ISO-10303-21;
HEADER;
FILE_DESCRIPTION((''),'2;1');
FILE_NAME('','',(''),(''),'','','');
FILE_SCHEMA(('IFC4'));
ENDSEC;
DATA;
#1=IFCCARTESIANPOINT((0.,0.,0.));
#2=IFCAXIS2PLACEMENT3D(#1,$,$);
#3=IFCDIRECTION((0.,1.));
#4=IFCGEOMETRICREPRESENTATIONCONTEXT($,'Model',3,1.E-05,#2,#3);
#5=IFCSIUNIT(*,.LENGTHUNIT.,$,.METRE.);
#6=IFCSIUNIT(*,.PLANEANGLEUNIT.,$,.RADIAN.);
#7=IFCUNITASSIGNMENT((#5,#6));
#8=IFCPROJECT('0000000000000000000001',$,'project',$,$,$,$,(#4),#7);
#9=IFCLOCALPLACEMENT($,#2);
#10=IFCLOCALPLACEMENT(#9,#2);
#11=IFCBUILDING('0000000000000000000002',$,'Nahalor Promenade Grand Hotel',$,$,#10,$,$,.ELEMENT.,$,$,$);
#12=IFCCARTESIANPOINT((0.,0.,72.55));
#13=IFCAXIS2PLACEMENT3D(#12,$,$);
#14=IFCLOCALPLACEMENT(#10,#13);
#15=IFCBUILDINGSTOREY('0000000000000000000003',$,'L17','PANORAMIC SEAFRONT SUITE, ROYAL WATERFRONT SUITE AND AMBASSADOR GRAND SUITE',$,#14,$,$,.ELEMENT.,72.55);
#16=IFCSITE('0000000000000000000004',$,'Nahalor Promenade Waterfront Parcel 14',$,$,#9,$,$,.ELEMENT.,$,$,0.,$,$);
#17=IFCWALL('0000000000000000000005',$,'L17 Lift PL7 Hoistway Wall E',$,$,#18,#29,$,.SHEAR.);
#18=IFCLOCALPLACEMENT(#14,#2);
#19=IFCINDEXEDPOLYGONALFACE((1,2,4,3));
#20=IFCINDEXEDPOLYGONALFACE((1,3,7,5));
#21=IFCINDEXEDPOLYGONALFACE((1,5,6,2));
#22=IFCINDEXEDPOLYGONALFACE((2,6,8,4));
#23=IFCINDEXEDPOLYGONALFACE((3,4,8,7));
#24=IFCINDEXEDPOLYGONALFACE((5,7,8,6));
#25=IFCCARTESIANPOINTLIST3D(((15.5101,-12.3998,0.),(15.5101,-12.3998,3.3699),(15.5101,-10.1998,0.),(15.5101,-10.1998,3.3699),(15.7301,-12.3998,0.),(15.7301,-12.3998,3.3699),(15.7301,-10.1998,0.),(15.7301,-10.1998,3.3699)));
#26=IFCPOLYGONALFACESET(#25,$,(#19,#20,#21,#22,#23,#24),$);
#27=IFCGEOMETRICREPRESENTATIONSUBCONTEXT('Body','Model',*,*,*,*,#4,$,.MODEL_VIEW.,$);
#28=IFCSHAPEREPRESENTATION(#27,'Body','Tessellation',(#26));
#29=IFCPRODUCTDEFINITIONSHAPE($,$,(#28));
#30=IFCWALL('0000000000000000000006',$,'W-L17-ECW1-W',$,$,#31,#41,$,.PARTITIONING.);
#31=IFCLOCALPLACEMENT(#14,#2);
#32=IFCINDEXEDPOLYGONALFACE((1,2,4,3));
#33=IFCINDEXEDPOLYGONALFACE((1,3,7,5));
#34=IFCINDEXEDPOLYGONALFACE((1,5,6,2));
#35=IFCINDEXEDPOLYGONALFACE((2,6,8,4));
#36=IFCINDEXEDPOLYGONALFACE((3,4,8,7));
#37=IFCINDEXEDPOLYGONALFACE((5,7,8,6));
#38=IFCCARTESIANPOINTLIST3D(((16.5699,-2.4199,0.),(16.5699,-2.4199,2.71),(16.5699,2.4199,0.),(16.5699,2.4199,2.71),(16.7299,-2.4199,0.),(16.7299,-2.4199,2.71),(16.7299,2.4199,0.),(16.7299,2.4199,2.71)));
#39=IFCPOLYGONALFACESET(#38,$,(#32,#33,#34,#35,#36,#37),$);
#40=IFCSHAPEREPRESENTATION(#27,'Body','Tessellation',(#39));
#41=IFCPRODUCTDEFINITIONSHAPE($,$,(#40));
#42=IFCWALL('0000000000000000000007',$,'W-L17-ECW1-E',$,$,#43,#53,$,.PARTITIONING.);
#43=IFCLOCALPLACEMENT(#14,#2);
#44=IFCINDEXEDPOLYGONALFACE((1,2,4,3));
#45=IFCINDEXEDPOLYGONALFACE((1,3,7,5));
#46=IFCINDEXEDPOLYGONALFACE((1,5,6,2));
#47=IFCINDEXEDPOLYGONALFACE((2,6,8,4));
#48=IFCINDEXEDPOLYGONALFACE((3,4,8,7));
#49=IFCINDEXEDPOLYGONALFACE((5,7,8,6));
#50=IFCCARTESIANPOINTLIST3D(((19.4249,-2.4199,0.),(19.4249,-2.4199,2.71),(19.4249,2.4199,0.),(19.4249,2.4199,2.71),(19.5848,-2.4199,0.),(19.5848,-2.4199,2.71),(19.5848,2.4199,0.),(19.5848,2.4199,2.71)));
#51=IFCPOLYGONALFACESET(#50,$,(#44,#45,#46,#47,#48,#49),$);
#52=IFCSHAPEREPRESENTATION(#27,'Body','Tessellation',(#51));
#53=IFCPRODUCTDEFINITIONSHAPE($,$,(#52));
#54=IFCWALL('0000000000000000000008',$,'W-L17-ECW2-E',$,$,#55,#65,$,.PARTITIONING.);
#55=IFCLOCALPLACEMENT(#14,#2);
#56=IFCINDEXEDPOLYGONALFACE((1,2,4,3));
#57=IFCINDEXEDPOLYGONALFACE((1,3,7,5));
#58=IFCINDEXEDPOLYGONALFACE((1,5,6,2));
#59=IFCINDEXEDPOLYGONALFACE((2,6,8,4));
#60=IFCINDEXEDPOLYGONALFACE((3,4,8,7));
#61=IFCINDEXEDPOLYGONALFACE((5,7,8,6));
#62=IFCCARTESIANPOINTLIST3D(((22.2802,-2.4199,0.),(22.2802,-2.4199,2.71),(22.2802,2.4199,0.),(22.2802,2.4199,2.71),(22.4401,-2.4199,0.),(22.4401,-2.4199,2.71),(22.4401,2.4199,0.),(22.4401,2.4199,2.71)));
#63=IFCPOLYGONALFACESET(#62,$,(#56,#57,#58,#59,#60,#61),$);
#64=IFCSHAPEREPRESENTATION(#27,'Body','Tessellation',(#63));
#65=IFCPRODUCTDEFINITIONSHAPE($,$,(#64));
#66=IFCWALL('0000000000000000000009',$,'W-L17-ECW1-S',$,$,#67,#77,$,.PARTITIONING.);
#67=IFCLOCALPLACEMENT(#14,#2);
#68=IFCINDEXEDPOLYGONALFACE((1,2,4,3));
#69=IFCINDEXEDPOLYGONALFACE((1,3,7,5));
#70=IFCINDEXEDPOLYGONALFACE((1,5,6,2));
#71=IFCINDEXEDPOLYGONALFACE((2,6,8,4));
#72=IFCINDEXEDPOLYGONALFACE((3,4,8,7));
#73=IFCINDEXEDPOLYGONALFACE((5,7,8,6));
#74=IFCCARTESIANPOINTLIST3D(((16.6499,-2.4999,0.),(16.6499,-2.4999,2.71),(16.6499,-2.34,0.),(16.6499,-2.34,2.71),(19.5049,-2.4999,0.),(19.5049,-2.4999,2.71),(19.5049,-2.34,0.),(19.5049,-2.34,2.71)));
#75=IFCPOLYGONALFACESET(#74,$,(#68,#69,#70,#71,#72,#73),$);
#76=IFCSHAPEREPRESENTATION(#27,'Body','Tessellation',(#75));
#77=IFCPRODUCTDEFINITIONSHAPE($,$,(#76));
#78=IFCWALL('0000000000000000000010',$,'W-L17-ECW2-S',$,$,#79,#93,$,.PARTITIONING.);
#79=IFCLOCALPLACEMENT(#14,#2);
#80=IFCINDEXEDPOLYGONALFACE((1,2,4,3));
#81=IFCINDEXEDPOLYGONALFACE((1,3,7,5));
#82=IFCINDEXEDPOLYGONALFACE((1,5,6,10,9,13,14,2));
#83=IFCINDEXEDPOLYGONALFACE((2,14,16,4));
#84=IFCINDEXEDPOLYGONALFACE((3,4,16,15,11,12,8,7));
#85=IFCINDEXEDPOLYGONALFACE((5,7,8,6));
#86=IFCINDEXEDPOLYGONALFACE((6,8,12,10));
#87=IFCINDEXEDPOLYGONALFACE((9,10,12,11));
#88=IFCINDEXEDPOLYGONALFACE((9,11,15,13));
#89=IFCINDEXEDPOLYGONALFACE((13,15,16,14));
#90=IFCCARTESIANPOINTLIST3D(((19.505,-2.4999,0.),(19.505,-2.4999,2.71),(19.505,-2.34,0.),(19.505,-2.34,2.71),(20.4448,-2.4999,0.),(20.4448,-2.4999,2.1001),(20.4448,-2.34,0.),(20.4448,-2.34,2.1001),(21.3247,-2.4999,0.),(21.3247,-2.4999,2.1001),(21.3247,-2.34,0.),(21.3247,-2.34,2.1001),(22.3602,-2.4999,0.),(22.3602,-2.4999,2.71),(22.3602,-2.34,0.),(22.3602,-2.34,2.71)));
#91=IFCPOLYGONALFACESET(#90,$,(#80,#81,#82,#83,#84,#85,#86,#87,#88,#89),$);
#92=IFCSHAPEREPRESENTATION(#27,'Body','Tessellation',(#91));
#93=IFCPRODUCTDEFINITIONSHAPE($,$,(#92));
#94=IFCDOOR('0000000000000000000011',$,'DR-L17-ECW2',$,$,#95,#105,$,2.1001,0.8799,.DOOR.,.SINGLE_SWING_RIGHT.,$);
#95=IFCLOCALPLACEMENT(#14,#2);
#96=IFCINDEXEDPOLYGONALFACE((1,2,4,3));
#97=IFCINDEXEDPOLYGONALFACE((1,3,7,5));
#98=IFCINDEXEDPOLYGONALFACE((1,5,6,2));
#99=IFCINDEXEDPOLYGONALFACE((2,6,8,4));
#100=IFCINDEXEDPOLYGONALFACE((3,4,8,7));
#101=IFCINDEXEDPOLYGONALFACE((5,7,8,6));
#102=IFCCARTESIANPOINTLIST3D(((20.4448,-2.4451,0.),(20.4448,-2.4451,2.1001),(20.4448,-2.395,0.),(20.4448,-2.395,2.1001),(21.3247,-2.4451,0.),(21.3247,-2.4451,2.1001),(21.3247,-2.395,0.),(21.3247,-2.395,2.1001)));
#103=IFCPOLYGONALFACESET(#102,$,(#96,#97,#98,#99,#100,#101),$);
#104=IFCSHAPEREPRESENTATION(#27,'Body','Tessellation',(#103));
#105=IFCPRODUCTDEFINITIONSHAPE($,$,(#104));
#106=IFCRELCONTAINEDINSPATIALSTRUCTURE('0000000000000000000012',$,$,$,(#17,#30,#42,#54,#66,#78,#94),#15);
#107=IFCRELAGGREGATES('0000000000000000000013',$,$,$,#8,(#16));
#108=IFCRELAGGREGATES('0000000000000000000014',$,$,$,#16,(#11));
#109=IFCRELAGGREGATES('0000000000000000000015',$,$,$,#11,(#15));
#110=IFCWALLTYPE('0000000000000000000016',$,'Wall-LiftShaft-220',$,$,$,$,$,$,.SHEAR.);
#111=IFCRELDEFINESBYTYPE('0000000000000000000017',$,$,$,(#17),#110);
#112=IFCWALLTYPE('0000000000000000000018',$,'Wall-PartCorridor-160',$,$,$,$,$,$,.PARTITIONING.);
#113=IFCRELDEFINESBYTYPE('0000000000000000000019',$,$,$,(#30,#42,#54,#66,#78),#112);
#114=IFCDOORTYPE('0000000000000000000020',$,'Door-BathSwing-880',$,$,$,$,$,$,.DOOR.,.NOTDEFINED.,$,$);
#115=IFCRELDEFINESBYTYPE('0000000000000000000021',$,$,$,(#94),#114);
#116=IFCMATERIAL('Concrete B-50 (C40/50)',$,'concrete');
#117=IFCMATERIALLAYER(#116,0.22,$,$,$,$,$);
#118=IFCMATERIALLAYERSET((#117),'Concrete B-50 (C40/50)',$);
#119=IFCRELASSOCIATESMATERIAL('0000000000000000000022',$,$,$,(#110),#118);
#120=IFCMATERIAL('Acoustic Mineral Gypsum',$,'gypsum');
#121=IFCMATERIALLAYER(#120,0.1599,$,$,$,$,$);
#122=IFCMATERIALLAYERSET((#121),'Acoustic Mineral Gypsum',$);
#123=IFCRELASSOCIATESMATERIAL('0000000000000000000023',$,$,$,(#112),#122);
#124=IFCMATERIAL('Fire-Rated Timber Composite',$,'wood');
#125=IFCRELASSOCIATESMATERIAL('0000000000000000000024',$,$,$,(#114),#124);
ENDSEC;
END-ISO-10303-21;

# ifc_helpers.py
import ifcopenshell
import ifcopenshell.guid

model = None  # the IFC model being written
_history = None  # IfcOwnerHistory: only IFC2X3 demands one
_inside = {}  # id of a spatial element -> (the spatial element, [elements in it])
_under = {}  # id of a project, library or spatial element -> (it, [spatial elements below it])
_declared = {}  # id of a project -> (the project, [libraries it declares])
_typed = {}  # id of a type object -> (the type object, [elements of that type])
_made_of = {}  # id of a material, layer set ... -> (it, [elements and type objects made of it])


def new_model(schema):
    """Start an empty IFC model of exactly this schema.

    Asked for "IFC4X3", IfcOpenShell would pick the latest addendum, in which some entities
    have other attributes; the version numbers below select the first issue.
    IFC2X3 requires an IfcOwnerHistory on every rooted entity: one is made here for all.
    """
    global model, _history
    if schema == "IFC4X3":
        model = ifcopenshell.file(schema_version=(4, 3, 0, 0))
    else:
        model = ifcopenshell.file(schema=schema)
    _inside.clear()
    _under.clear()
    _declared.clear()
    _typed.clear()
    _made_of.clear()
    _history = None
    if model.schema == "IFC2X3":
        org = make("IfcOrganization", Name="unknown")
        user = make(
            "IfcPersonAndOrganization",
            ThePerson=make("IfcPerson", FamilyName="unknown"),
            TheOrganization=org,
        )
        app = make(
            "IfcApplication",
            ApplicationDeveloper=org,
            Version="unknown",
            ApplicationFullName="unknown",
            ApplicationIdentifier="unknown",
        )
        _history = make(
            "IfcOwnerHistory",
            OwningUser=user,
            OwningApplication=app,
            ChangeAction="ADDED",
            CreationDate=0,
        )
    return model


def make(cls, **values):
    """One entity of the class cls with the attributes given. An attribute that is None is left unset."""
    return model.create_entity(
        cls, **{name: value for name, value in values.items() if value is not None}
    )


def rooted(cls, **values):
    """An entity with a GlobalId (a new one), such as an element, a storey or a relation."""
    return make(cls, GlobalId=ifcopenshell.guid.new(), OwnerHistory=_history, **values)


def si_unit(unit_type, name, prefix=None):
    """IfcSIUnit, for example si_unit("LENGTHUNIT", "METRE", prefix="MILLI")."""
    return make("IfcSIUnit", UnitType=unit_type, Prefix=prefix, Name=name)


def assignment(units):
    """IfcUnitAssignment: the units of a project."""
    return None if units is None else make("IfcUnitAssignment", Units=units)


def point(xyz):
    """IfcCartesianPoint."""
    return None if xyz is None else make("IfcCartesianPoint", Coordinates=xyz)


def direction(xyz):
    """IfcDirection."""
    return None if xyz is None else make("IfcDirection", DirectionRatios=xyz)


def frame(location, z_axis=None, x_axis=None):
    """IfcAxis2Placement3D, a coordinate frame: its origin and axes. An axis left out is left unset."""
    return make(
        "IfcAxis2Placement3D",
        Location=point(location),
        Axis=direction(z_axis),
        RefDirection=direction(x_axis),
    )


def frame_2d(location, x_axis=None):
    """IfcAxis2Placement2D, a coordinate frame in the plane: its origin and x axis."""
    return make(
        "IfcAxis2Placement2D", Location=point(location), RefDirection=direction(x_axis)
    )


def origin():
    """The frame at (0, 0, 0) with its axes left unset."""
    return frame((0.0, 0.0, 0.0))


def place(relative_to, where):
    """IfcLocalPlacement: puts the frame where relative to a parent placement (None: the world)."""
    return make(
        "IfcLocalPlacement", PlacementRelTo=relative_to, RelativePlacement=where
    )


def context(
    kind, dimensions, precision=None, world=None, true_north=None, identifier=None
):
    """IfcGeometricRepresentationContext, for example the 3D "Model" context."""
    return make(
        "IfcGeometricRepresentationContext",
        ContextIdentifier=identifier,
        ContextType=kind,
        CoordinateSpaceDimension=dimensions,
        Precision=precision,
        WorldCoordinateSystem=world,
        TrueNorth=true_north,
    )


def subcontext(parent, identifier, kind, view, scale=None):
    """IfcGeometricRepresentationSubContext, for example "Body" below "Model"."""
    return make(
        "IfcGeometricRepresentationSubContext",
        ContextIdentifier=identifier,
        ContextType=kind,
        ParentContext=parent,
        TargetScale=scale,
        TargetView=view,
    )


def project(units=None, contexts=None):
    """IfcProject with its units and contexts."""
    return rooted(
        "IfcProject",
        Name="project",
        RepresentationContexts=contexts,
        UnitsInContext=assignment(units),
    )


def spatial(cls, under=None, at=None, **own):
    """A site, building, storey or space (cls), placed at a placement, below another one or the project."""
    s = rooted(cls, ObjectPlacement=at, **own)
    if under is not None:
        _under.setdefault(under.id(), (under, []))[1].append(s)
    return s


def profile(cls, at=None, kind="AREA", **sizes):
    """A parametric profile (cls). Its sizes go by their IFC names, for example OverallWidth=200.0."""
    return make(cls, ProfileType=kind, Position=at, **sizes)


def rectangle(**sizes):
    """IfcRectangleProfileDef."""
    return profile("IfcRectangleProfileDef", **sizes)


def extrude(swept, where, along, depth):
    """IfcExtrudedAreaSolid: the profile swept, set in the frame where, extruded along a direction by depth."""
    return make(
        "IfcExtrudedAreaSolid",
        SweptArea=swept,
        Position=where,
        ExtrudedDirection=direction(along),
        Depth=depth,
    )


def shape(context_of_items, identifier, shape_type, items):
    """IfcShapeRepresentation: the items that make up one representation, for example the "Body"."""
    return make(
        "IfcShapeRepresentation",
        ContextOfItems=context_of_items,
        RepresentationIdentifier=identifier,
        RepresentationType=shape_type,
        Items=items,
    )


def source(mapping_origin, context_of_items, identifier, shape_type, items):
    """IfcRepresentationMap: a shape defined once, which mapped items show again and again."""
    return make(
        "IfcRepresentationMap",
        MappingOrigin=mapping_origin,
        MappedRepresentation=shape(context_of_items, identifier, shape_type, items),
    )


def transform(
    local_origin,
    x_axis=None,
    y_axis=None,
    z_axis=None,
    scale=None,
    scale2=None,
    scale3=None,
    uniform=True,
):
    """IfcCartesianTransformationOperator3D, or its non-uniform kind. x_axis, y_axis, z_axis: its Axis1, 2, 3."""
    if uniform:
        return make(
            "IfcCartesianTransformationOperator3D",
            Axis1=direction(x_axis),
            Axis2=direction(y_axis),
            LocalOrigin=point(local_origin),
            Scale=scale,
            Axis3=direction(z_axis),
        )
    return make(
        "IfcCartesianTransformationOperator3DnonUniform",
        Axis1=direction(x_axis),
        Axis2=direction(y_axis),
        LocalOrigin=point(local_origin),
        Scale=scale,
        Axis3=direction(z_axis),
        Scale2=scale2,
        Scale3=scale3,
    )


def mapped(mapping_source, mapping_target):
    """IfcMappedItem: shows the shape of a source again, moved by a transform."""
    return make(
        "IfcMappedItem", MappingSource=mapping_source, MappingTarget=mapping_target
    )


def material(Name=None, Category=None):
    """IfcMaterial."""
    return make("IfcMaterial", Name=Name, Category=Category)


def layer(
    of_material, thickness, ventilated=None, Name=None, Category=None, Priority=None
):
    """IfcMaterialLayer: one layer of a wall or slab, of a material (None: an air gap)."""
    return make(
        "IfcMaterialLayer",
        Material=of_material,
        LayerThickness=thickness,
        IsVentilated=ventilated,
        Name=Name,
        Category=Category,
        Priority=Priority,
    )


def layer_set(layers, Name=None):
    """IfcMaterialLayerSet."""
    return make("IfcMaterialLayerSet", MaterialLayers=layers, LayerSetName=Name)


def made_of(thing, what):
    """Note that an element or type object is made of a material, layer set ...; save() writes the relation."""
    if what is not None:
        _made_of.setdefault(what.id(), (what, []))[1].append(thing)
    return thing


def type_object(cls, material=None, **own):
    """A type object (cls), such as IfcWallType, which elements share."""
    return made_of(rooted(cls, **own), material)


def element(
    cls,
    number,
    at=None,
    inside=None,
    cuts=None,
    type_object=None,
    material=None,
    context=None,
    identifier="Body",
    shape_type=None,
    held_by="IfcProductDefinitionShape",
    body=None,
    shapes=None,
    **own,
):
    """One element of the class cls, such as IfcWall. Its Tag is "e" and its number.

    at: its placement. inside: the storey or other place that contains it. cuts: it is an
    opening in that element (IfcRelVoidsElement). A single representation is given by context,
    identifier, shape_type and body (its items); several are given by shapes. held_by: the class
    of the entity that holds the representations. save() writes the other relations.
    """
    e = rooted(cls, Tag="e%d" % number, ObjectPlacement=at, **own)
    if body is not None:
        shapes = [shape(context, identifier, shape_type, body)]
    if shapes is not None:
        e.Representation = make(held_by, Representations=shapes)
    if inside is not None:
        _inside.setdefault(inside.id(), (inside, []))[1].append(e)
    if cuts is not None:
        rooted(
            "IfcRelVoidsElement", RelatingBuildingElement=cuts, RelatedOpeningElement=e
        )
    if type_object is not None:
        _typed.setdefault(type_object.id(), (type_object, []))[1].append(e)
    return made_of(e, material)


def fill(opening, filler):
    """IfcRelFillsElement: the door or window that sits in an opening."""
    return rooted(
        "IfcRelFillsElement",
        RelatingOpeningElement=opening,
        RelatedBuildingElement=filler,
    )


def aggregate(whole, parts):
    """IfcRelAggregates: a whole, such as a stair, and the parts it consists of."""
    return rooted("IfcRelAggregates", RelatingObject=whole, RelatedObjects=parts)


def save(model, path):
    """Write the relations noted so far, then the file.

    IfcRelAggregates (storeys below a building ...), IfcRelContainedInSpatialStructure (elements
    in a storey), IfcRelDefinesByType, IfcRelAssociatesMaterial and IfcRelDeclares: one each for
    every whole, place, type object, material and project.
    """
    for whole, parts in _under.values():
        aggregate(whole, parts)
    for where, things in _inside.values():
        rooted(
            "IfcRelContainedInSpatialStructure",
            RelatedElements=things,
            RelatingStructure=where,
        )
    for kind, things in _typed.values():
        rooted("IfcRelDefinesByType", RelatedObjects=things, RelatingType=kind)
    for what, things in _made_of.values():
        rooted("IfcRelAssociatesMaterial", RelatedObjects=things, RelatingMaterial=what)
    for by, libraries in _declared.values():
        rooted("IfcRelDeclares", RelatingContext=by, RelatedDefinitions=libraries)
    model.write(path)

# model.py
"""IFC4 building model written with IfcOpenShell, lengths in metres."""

from ifc_helpers import new_model, si_unit, direction, frame, frame_2d, origin, place, context, subcontext, project, spatial, rectangle, extrude, source, transform, mapped, material, layer, layer_set, type_object, element, fill, save


model = new_model("IFC4")

# Units and contexts
model_context = context("Model", 3, precision=1e-05, world=origin(), true_north=direction((0.0, 1.0)))
body_context = subcontext(model_context, "Body", "Model", "MODEL_VIEW")
ifc_project = project(units=[si_unit("LENGTHUNIT", "METRE"), si_unit("PLANEANGLEUNIT", "RADIAN")], contexts=[model_context])

# Site, building, storey
site_placement = place(None, origin())
site = spatial("IfcSite", under=ifc_project, at=site_placement, Name="Nahalor Promenade Waterfront Parcel 14", CompositionType="ELEMENT", RefElevation=0.0)
building_placement = place(site_placement, origin())
building = spatial("IfcBuilding", under=site, at=building_placement, Name="Nahalor Promenade Grand Hotel", CompositionType="ELEMENT")
storey_placement = place(building_placement, frame((0.0, 0.0, 72.55)))
storey = spatial("IfcBuildingStorey", under=building, at=storey_placement, Name="L17", Description="PANORAMIC SEAFRONT SUITE, ROYAL WATERFRONT SUITE AND AMBASSADOR GRAND SUITE", CompositionType="ELEMENT", Elevation=72.55)

# Wall
ifc_material_1 = material(Name="Concrete B-50 (C40/50)", Category="concrete")
ifc_layer_1 = layer(ifc_material_1, 0.22)
ifc_layer_set_1 = layer_set([ifc_layer_1], Name="Concrete B-50 (C40/50)")
wall_type_1 = type_object("IfcWallType", Name="Wall-LiftShaft-220", PredefinedType="SHEAR", material=ifc_layer_set_1)
shared_shape_1 = source(origin(), body_context, "Body", "SweptSolid", [
    extrude(rectangle(XDim=2.2, YDim=0.22, at=frame_2d((1.1001, 0.0))), origin(), (0.0, 0.0, 1.0), 3.3699),
])
for number, where, z_axis, x_axis, name in (
    (1, (15.6201, -12.3999, 0.0), (0.0, 0.0, 1.0), (0.0, 1.0, 0.0), "L17 Lift PL7 Hoistway Wall E"),
):
    element("IfcWall", number, at=place(storey_placement, frame(where, z_axis=z_axis, x_axis=x_axis)), inside=storey, type_object=wall_type_1, Name=name, PredefinedType="SHEAR", context=body_context, shape_type="MappedRepresentation", body=[
        mapped(shared_shape_1, transform((0.0, 0.0, 0.0), scale=1.0)),
    ])

# Shared definitions
ifc_material_2 = material(Name="Acoustic Mineral Gypsum", Category="gypsum")
ifc_layer_2 = layer(ifc_material_2, 0.1599)
ifc_layer_set_2 = layer_set([ifc_layer_2], Name="Acoustic Mineral Gypsum")
wall_type_2 = type_object("IfcWallType", Name="Wall-PartCorridor-160", PredefinedType="PARTITIONING", material=ifc_layer_set_2)
ifc_material_3 = material(Name="Fire-Rated Timber Composite", Category="wood")

# Walls
shared_shape_2 = source(origin(), body_context, "Body", "SweptSolid", [
    extrude(rectangle(XDim=4.8398, YDim=0.1599, at=frame_2d((2.4199, 0.0))), origin(), (0.0, 0.0, 1.0), 2.71),
])
for number, where, z_axis, x_axis, name in (
    (2, (16.6499, -2.4199, 0.0), (0.0, 0.0, 1.0), (0.0, 1.0, 0.0), "W-L17-ECW1-W"),
    (3, (19.5049, -2.4199, 0.0), (0.0, 0.0, 1.0), (0.0, 1.0, 0.0), "W-L17-ECW1-E"),
    (4, (22.3601, -2.4199, 0.0), (0.0, 0.0, 1.0), (0.0, 1.0, 0.0), "W-L17-ECW2-E"),
):
    element("IfcWall", number, at=place(storey_placement, frame(where, z_axis=z_axis, x_axis=x_axis)), inside=storey, type_object=wall_type_2, Name=name, PredefinedType="PARTITIONING", context=body_context, shape_type="MappedRepresentation", body=[
        mapped(shared_shape_2, transform((0.0, 0.0, 0.0), scale=1.0)),
    ])
shared_shape_3 = source(origin(), body_context, "Body", "SweptSolid", [
    extrude(rectangle(XDim=2.855, YDim=0.1599, at=frame_2d((1.4275, 0.0))), origin(), (0.0, 0.0, 1.0), 2.71),
])
wall_1_placement = place(storey_placement, frame((16.6499, -2.4199, 0.0), z_axis=(0.0, 0.0, 1.0), x_axis=(1.0, 0.0, 0.0)))
element("IfcWall", 5, at=wall_1_placement, inside=storey, type_object=wall_type_2, Name="W-L17-ECW1-S", PredefinedType="PARTITIONING", context=body_context, shape_type="MappedRepresentation", body=[
    mapped(shared_shape_3, transform((0.0, 0.0, 0.0), scale=1.0)),
])

# Wall, opening, door
shared_shape_4 = source(origin(), body_context, "Body", "SweptSolid", [
    extrude(rectangle(XDim=2.8552, YDim=0.1599, at=frame_2d((1.4277, 0.0))), origin(), (0.0, 0.0, 1.0), 2.71),
])
wall_2_placement = place(storey_placement, frame((19.5049, -2.4199, 0.0), z_axis=(0.0, 0.0, 1.0), x_axis=(1.0, 0.0, 0.0)))
wall_2 = element("IfcWall", 6, at=wall_2_placement, inside=storey, type_object=wall_type_2, Name="W-L17-ECW2-S", PredefinedType="PARTITIONING", context=body_context, shape_type="MappedRepresentation", body=[
    mapped(shared_shape_4, transform((0.0, 0.0, 0.0), scale=1.0)),
])
opening_1_placement = place(wall_2_placement, frame((0.9399, 0.0, 0.0)))
opening_1 = element("IfcOpeningElement", 7, at=opening_1_placement, cuts=wall_2, PredefinedType="OPENING", context=body_context, shape_type="SweptSolid", body=[
    extrude(rectangle(XDim=0.8799, YDim=2.1001, at=frame_2d((0.4399, 1.05))), frame((0.0, 0.0898, 0.0), z_axis=(0.0, -1.0, 0.0), x_axis=(1.0, 0.0, 0.0)), (0.0, 0.0, 1.0), 0.1799),
])
door_type_1 = type_object("IfcDoorType", Name="Door-BathSwing-880", OperationType="NOTDEFINED", PredefinedType="DOOR", material=ifc_material_3)
shared_shape_5 = source(origin(), body_context, "Body", "SweptSolid", [
    extrude(rectangle(XDim=0.8799, YDim=2.1001, at=frame_2d((0.4399, 1.05))), frame((0.0, 0.0249, 0.0), z_axis=(0.0, -1.0, 0.0), x_axis=(1.0, 0.0, 0.0)), (0.0, 0.0, 1.0), 0.05),
])
door_1_placement = place(opening_1_placement, origin())
door_1 = element("IfcDoor", 8, at=door_1_placement, inside=storey, type_object=door_type_1, Name="DR-L17-ECW2", OperationType="SINGLE_SWING_RIGHT", OverallHeight=2.1001, OverallWidth=0.8799, PredefinedType="DOOR", context=body_context, shape_type="MappedRepresentation", body=[
    mapped(shared_shape_5, transform((0.0, 0.0, 0.0), scale=1.0)),
])
fill(opening_1, door_1)

save(model, "model.ifc")
